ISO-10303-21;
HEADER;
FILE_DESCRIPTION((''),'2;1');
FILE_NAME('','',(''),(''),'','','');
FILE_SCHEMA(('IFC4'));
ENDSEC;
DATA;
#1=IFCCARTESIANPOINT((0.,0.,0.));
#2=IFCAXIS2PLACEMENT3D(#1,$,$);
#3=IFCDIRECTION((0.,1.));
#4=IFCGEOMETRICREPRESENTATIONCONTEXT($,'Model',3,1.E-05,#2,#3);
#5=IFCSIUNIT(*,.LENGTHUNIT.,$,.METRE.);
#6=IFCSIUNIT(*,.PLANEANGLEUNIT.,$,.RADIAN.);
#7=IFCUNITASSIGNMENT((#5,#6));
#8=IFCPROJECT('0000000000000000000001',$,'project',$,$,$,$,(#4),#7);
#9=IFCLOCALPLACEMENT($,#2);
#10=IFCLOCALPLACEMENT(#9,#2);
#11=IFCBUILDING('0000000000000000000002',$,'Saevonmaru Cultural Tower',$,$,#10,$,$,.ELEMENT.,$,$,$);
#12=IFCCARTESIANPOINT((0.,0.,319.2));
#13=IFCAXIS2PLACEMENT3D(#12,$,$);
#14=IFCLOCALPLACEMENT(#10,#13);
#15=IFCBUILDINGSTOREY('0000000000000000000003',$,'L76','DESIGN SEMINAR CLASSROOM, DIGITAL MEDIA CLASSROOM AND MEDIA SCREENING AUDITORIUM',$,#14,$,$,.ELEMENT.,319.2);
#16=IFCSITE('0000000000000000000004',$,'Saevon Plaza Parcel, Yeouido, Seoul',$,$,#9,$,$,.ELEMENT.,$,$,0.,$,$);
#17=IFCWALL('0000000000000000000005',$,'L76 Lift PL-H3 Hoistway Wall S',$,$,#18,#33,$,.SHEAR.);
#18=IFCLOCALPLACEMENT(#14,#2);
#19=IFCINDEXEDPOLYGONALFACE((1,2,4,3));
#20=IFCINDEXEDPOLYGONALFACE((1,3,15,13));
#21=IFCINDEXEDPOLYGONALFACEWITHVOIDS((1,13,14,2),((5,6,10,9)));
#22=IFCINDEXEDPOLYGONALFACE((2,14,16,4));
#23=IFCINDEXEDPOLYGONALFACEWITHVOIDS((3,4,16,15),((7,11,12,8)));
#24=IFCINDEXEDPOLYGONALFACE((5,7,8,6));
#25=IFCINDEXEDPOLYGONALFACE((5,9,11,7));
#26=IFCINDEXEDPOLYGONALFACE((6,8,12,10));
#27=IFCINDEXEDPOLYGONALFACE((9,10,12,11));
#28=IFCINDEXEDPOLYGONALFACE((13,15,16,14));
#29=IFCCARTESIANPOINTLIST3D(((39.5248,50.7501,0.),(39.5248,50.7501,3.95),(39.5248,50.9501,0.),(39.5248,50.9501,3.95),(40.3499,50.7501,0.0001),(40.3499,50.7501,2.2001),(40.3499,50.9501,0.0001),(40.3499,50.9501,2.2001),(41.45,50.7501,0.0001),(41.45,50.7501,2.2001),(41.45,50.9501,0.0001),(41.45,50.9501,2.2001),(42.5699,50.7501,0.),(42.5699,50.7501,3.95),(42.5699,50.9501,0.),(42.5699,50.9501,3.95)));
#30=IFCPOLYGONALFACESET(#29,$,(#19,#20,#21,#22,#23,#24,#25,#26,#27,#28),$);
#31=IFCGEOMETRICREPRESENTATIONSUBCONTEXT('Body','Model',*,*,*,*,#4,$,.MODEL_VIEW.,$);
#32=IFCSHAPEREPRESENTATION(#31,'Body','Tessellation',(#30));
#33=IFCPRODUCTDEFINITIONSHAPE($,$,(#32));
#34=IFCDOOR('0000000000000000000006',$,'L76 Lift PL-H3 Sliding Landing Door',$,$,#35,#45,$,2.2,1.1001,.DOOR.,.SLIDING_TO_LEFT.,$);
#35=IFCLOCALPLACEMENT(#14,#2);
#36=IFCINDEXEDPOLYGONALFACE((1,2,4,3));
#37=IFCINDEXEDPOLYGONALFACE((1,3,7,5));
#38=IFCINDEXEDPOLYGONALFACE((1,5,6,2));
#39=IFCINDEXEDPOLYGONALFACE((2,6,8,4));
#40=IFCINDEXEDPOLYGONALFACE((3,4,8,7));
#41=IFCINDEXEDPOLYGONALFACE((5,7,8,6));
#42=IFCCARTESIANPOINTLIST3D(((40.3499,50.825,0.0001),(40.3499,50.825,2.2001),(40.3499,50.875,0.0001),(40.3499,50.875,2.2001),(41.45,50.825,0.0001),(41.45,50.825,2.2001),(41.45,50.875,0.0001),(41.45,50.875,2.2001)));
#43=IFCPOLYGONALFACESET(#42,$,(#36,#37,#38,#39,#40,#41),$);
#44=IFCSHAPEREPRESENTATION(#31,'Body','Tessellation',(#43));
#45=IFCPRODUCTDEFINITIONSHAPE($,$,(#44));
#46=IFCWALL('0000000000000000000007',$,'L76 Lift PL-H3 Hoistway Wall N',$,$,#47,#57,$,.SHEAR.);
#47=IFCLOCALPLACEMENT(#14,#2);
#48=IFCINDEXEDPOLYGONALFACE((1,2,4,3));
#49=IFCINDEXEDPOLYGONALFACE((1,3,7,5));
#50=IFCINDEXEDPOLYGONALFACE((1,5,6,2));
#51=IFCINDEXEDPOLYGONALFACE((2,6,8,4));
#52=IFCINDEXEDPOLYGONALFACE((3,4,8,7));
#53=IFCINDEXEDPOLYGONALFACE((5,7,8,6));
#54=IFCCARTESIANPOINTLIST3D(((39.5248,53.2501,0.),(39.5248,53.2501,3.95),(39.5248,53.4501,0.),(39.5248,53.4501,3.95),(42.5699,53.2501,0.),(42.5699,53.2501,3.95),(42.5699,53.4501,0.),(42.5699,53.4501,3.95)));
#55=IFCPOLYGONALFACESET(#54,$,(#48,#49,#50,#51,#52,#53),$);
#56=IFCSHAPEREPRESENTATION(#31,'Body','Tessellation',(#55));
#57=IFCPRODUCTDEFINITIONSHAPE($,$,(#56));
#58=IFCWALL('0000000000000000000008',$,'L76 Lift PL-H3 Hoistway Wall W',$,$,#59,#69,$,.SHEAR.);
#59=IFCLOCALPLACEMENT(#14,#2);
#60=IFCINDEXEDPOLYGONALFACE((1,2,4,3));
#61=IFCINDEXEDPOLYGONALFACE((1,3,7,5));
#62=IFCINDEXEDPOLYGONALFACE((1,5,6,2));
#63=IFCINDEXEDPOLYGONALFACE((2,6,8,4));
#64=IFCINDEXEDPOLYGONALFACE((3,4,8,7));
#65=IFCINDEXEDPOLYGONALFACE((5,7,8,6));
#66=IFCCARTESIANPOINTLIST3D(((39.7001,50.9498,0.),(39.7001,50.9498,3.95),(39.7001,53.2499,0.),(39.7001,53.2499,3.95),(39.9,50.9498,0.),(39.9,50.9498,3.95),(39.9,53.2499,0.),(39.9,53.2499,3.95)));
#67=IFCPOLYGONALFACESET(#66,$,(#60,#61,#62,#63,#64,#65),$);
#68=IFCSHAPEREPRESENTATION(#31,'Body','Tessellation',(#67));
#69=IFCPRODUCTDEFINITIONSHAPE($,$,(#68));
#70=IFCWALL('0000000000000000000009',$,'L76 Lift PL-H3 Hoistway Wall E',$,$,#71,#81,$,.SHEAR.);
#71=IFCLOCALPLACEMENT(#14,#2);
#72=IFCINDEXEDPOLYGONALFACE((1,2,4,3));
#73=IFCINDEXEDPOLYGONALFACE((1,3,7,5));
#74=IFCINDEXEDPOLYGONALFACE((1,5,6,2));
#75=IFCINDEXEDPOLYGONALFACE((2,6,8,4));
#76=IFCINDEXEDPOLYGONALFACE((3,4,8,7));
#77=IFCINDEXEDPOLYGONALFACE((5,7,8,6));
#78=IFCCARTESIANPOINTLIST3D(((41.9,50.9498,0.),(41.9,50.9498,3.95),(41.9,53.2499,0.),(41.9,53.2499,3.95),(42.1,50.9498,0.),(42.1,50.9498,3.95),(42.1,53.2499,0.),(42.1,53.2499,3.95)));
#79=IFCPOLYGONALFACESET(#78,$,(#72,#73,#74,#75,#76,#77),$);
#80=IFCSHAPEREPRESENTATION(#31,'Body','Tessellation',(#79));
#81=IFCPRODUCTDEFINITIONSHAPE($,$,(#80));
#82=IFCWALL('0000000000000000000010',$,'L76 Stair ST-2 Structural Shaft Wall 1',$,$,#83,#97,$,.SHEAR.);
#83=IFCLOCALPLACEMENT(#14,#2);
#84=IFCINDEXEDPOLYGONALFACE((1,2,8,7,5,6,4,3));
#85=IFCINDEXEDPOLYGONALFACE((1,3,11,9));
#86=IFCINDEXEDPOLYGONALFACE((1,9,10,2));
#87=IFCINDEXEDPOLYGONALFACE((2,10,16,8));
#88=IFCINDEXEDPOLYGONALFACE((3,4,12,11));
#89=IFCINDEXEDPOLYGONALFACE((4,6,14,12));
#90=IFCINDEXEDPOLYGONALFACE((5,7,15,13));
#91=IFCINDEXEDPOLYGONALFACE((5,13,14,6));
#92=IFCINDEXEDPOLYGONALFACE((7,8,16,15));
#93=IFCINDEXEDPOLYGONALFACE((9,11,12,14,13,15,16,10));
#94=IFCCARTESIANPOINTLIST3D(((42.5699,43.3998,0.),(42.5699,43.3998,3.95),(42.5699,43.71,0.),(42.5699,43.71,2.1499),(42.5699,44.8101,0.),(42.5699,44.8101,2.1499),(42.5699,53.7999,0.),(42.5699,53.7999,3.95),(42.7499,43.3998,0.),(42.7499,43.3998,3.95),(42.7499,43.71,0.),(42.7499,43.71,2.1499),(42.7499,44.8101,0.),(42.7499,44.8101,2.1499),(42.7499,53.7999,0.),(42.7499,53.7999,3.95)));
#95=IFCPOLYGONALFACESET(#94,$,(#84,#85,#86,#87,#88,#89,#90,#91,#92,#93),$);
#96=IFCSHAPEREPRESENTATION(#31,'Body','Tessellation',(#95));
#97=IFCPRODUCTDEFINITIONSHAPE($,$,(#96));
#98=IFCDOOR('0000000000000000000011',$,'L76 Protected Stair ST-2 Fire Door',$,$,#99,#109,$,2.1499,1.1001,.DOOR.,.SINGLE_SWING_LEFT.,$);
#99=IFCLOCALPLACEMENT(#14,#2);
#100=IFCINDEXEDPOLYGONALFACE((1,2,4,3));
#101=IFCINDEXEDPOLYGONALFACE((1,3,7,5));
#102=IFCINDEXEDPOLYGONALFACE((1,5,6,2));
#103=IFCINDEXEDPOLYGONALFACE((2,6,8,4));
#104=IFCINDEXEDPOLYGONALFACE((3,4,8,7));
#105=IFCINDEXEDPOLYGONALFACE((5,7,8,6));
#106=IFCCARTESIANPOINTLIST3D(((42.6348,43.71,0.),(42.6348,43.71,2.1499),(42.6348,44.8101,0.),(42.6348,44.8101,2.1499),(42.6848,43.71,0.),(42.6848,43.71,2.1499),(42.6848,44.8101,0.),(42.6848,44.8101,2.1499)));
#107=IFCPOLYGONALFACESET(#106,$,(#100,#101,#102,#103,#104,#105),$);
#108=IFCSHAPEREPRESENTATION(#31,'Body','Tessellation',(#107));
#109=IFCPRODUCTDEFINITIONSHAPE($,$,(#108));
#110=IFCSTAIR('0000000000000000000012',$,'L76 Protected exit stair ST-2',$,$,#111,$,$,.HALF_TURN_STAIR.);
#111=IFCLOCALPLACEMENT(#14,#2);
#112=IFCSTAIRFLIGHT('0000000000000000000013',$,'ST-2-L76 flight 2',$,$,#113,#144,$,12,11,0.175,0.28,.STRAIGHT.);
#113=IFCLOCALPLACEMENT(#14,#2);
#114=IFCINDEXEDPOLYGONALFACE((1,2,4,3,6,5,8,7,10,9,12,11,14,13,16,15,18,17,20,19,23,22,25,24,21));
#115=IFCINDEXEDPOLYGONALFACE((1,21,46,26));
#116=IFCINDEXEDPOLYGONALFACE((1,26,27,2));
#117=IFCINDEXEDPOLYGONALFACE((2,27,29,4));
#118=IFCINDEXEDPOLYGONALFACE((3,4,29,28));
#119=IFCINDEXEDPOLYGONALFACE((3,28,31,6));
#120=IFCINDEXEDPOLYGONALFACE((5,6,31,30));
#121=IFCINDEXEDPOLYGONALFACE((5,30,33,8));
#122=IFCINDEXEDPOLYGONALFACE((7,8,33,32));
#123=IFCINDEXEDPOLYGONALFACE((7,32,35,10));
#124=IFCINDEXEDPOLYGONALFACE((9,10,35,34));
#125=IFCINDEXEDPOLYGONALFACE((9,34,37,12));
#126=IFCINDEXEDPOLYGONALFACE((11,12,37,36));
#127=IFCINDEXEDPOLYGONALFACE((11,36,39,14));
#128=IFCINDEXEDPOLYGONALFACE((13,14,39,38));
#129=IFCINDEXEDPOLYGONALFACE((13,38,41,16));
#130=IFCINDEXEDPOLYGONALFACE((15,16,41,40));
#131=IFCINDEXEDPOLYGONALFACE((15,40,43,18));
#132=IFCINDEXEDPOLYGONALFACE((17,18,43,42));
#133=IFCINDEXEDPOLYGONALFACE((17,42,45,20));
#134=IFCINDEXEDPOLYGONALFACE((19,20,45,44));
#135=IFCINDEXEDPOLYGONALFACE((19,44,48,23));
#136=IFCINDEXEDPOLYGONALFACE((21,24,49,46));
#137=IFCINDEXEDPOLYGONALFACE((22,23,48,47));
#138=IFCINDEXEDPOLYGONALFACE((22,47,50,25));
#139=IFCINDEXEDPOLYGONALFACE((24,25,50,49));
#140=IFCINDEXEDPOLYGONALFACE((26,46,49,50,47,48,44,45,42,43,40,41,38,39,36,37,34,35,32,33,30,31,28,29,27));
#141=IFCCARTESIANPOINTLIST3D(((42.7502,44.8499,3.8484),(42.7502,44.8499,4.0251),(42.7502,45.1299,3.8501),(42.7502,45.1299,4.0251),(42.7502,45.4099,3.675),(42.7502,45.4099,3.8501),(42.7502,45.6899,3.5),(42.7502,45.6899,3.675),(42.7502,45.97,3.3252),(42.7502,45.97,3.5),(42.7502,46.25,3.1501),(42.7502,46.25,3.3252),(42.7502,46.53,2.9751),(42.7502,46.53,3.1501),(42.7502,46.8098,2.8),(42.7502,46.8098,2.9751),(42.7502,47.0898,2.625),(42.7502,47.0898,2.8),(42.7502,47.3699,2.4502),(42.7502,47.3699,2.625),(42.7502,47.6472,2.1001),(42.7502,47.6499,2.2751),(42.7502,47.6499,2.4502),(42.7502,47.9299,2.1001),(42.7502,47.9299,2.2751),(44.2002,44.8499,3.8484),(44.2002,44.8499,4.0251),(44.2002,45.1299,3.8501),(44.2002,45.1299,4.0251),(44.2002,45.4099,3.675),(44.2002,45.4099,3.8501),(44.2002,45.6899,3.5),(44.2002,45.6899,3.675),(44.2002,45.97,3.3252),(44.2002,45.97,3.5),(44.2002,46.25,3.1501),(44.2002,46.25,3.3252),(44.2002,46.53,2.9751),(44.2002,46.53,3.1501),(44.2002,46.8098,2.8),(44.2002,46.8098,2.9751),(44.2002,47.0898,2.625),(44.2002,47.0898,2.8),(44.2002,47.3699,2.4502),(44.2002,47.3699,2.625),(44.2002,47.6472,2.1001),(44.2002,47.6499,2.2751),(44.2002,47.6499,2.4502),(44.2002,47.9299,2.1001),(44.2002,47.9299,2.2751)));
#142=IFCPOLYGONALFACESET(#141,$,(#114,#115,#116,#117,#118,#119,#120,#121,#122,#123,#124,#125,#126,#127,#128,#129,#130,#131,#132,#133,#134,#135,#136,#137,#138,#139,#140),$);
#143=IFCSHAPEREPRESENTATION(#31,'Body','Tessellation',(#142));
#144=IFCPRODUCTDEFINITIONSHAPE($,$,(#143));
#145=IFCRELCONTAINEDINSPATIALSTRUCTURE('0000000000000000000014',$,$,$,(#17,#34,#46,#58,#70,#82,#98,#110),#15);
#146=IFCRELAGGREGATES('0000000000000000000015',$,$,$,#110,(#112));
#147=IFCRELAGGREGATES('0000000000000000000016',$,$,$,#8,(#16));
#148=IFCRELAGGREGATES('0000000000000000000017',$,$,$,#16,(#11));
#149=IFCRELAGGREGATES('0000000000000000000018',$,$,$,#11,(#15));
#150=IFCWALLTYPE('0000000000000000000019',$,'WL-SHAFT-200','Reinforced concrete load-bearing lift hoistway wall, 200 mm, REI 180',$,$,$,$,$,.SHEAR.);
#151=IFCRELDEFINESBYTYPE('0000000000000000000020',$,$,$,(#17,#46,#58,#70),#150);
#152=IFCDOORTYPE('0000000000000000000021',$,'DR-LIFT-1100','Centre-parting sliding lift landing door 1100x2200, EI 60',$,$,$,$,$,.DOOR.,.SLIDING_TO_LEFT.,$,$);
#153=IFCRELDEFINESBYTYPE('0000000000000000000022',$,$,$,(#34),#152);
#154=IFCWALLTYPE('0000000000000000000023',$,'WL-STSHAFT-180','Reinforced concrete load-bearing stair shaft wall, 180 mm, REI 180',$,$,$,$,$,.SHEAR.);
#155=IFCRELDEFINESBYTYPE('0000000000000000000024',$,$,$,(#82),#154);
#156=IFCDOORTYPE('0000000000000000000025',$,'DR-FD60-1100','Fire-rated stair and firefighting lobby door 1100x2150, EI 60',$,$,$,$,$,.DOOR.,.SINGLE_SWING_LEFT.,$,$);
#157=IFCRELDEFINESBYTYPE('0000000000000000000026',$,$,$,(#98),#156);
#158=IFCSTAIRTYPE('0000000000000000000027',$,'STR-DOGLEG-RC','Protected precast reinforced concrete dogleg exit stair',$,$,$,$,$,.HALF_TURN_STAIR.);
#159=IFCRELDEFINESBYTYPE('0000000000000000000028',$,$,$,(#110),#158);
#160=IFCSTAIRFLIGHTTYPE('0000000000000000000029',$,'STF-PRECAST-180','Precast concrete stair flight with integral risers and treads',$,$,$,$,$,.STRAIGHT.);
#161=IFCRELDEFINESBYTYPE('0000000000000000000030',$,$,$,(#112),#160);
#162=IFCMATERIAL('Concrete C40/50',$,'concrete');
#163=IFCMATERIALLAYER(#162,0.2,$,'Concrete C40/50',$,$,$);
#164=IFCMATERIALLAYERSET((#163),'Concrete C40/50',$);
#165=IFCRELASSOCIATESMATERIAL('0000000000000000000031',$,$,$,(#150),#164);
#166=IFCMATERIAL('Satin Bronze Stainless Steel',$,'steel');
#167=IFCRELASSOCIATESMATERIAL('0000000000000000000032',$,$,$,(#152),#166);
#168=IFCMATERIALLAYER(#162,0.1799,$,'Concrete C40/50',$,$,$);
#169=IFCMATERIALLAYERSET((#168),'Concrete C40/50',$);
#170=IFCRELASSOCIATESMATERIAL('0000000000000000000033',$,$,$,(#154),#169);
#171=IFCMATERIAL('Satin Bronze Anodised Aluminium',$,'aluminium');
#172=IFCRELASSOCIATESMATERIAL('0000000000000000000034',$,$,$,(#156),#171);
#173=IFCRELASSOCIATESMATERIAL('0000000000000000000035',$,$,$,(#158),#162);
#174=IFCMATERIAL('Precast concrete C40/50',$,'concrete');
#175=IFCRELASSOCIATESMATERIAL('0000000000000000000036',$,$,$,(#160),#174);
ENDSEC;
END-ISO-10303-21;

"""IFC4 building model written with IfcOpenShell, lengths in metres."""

from ifc_helpers import new_model, si_unit, direction, frame, frame_2d, origin, place, context, subcontext, project, spatial, polyline, rectangle, outline, extrude, material, layer, layer_set, type_object, element, fill, aggregate, save


model = new_model("IFC4")

# Units and contexts
model_context = context("Model", 3, precision=1e-05, world=origin(), true_north=direction((0.0, 1.0)))
body_context = subcontext(model_context, "Body", "Model", "MODEL_VIEW")
ifc_project = project(units=[si_unit("LENGTHUNIT", "METRE"), si_unit("PLANEANGLEUNIT", "RADIAN")], contexts=[model_context])

# Site, building, storey
site_placement = place(None, origin())
site = spatial("IfcSite", under=ifc_project, at=site_placement, Name="Saevon Plaza Parcel, Yeouido, Seoul", CompositionType="ELEMENT", RefElevation=0.0)
building_placement = place(site_placement, origin())
building = spatial("IfcBuilding", under=site, at=building_placement, Name="Saevonmaru Cultural Tower", CompositionType="ELEMENT")
storey_placement = place(building_placement, frame((0.0, 0.0, 319.2)))
storey = spatial("IfcBuildingStorey", under=building, at=storey_placement, Name="L76", Description="DESIGN SEMINAR CLASSROOM, DIGITAL MEDIA CLASSROOM AND MEDIA SCREENING AUDITORIUM", CompositionType="ELEMENT", Elevation=319.2)

# Shared definitions
ifc_material_1 = material(Name="Satin Bronze Anodised Aluminium", Category="aluminium")

# Shared definitions
ifc_material_2 = material(Name="Concrete C40/50", Category="concrete")
ifc_layer_1 = layer(ifc_material_2, 0.2, Name="Concrete C40/50")
ifc_layer_set_1 = layer_set([ifc_layer_1], Name="Concrete C40/50")
wall_type_1 = type_object("IfcWallType", Name="WL-SHAFT-200", Description="Reinforced concrete load-bearing lift hoistway wall, 200 mm, REI 180", PredefinedType="SHEAR", material=ifc_layer_set_1)
ifc_material_3 = material(Name="Satin Bronze Stainless Steel", Category="steel")
door_type_1 = type_object("IfcDoorType", Name="DR-LIFT-1100", Description="Centre-parting sliding lift landing door 1100x2200, EI 60", OperationType="SLIDING_TO_LEFT", PredefinedType="DOOR", material=ifc_material_3)

# Wall, opening, door
wall_1_placement = place(storey_placement, frame((39.5249, 50.8501, 0.0), z_axis=(0.0, 0.0, 1.0), x_axis=(1.0, 0.0, 0.0)))
wall_1 = element("IfcWall", 1, at=wall_1_placement, inside=storey, type_object=wall_type_1, Name="L76 Lift PL-H3 Hoistway Wall S", PredefinedType="SHEAR", context=body_context, shape_type="SweptSolid", body=[
    extrude(rectangle(XDim=3.0452, YDim=0.2, at=frame_2d((1.5225, 0.0))), origin(), (0.0, 0.0, 1.0), 3.95),
])
opening_1_placement = place(wall_1_placement, frame((0.825, 0.0, 0.0)))
opening_1 = element("IfcOpeningElement", 2, at=opening_1_placement, cuts=wall_1, PredefinedType="OPENING", context=body_context, shape_type="SweptSolid", body=[
    extrude(rectangle(XDim=1.1001, YDim=2.2, at=frame_2d((0.55, 1.1001))), frame((0.0, 0.1099, 0.0), z_axis=(0.0, -1.0, 0.0), x_axis=(1.0, 0.0, 0.0)), (0.0, 0.0, 1.0), 0.22),
])
door_1_placement = place(opening_1_placement, origin())
door_1 = element("IfcDoor", 3, at=door_1_placement, inside=storey, type_object=door_type_1, Name="L76 Lift PL-H3 Sliding Landing Door", OperationType="SLIDING_TO_LEFT", OverallHeight=2.2, OverallWidth=1.1001, PredefinedType="DOOR", context=body_context, shape_type="SweptSolid", body=[
    extrude(rectangle(XDim=1.1001, YDim=2.2, at=frame_2d((0.55, 1.1001))), frame((0.0, 0.0249, 0.0), z_axis=(0.0, -1.0, 0.0), x_axis=(1.0, 0.0, 0.0)), (0.0, 0.0, 1.0), 0.05),
])
fill(opening_1, door_1)

# Walls
wall_2_placement = place(storey_placement, frame((39.5249, 53.3501, 0.0), z_axis=(0.0, 0.0, 1.0), x_axis=(1.0, 0.0, 0.0)))
element("IfcWall", 4, at=wall_2_placement, inside=storey, type_object=wall_type_1, Name="L76 Lift PL-H3 Hoistway Wall N", PredefinedType="SHEAR", context=body_context, shape_type="SweptSolid", body=[
    extrude(rectangle(XDim=3.0452, YDim=0.2, at=frame_2d((1.5225, 0.0))), origin(), (0.0, 0.0, 1.0), 3.95),
])
for number, where, z_axis, x_axis, name in (
    (5, (39.8, 50.95, 0.0), (0.0, 0.0, 1.0), (0.0, 1.0, 0.0), "L76 Lift PL-H3 Hoistway Wall W"),
    (6, (42.0, 50.95, 0.0), (0.0, 0.0, 1.0), (0.0, 1.0, 0.0), "L76 Lift PL-H3 Hoistway Wall E"),
):
    element("IfcWall", number, at=place(storey_placement, frame(where, z_axis=z_axis, x_axis=x_axis)), inside=storey, type_object=wall_type_1, Name=name, PredefinedType="SHEAR", context=body_context, shape_type="SweptSolid", body=[
        extrude(rectangle(XDim=2.3, YDim=0.2, at=frame_2d((1.1499, 0.0))), origin(), (0.0, 0.0, 1.0), 3.95),
    ])

# Wall, opening, door
ifc_layer_2 = layer(ifc_material_2, 0.1799, Name="Concrete C40/50")
ifc_layer_set_2 = layer_set([ifc_layer_2], Name="Concrete C40/50")
wall_type_2 = type_object("IfcWallType", Name="WL-STSHAFT-180", Description="Reinforced concrete load-bearing stair shaft wall, 180 mm, REI 180", PredefinedType="SHEAR", material=ifc_layer_set_2)
wall_3_placement = place(storey_placement, frame((42.6599, 53.8, 0.0), z_axis=(0.0, 0.0, 1.0), x_axis=(0.0, -1.0, 0.0)))
wall_3 = element("IfcWall", 7, at=wall_3_placement, inside=storey, type_object=wall_type_2, Name="L76 Stair ST-2 Structural Shaft Wall 1", PredefinedType="SHEAR", context=body_context, shape_type="SweptSolid", body=[
    extrude(rectangle(XDim=10.4001, YDim=0.1799, at=frame_2d((5.2002, 0.0))), origin(), (0.0, 0.0, 1.0), 3.95),
])
opening_2_placement = place(wall_3_placement, frame((8.99, 0.0, 0.0)))
opening_2 = element("IfcOpeningElement", 8, at=opening_2_placement, cuts=wall_3, PredefinedType="OPENING", context=body_context, shape_type="SweptSolid", body=[
    extrude(rectangle(XDim=1.1001, YDim=2.1499, at=frame_2d((0.55, 1.075))), frame((0.0, 0.1001, 0.0), z_axis=(0.0, -1.0, 0.0), x_axis=(1.0, 0.0, 0.0)), (0.0, 0.0, 1.0), 0.2),
])
door_type_2 = type_object("IfcDoorType", Name="DR-FD60-1100", Description="Fire-rated stair and firefighting lobby door 1100x2150, EI 60", OperationType="SINGLE_SWING_LEFT", PredefinedType="DOOR", material=ifc_material_1)
door_2_placement = place(opening_2_placement, origin())
door_2 = element("IfcDoor", 9, at=door_2_placement, inside=storey, type_object=door_type_2, Name="L76 Protected Stair ST-2 Fire Door", OperationType="SINGLE_SWING_LEFT", OverallHeight=2.1499, OverallWidth=1.1001, PredefinedType="DOOR", context=body_context, shape_type="SweptSolid", body=[
    extrude(rectangle(XDim=1.1001, YDim=2.1499, at=frame_2d((0.55, 1.075))), frame((0.0, 0.0249, 0.0), z_axis=(0.0, -1.0, 0.0), x_axis=(1.0, 0.0, 0.0)), (0.0, 0.0, 1.0), 0.05),
])
fill(opening_2, door_2)

# Stair, stair flight
stair_type = type_object("IfcStairType", Name="STR-DOGLEG-RC", Description="Protected precast reinforced concrete dogleg exit stair", PredefinedType="HALF_TURN_STAIR", material=ifc_material_2)
stair_placement = place(storey_placement, origin())
stair = element("IfcStair", 10, at=stair_placement, inside=storey, type_object=stair_type, Name="L76 Protected exit stair ST-2", PredefinedType="HALF_TURN_STAIR")
ifc_material_4 = material(Name="Precast concrete C40/50", Category="concrete")
stair_flight_type = type_object("IfcStairFlightType", Name="STF-PRECAST-180", Description="Precast concrete stair flight with integral risers and treads", PredefinedType="STRAIGHT", material=ifc_material_4)
stair_flight_placement = place(storey_placement, frame((43.4751, 47.9299, 2.1001), z_axis=(0.0, 0.0, 1.0), x_axis=(0.0, -1.0, 0.0)))
stair_flight = element("IfcStairFlight", 11, at=stair_flight_placement, type_object=stair_flight_type, Name="ST-2-L76 flight 2", NumberOfRisers=12, NumberOfTreads=11, PredefinedType="STRAIGHT", RiserHeight=0.175, TreadLength=0.28, context=body_context, shape_type="SweptSolid", body=[
    extrude(outline(polyline([(0.0, 0.0), (0.0, 0.175), (0.28, 0.175), (0.28, 0.3501), (0.5601, 0.3501), (0.5601, 0.5249), (0.8401, 0.5249), (0.8401, 0.7), (1.1201, 0.7), (1.1201, 0.875), (1.3999, 0.875), (1.3999, 1.05), (1.6799, 1.05), (1.6799, 1.2251), (1.96, 1.2251), (1.96, 1.3999), (2.24, 1.3999), (2.24, 1.575), (2.52, 1.575), (2.52, 1.75), (2.8, 1.75), (2.8, 1.925), (3.0801, 1.925), (3.0801, 2.1001), (3.0801, 1.7483), (0.2827, 0.0), (0.0, 0.0)])), frame((0.0, 0.7251, 0.0), z_axis=(0.0, -1.0, 0.0), x_axis=(1.0, 0.0, 0.0)), (0.0, 0.0, 1.0), 1.45),
])
aggregate(stair, [stair_flight])

save(model, "model.ifc")
